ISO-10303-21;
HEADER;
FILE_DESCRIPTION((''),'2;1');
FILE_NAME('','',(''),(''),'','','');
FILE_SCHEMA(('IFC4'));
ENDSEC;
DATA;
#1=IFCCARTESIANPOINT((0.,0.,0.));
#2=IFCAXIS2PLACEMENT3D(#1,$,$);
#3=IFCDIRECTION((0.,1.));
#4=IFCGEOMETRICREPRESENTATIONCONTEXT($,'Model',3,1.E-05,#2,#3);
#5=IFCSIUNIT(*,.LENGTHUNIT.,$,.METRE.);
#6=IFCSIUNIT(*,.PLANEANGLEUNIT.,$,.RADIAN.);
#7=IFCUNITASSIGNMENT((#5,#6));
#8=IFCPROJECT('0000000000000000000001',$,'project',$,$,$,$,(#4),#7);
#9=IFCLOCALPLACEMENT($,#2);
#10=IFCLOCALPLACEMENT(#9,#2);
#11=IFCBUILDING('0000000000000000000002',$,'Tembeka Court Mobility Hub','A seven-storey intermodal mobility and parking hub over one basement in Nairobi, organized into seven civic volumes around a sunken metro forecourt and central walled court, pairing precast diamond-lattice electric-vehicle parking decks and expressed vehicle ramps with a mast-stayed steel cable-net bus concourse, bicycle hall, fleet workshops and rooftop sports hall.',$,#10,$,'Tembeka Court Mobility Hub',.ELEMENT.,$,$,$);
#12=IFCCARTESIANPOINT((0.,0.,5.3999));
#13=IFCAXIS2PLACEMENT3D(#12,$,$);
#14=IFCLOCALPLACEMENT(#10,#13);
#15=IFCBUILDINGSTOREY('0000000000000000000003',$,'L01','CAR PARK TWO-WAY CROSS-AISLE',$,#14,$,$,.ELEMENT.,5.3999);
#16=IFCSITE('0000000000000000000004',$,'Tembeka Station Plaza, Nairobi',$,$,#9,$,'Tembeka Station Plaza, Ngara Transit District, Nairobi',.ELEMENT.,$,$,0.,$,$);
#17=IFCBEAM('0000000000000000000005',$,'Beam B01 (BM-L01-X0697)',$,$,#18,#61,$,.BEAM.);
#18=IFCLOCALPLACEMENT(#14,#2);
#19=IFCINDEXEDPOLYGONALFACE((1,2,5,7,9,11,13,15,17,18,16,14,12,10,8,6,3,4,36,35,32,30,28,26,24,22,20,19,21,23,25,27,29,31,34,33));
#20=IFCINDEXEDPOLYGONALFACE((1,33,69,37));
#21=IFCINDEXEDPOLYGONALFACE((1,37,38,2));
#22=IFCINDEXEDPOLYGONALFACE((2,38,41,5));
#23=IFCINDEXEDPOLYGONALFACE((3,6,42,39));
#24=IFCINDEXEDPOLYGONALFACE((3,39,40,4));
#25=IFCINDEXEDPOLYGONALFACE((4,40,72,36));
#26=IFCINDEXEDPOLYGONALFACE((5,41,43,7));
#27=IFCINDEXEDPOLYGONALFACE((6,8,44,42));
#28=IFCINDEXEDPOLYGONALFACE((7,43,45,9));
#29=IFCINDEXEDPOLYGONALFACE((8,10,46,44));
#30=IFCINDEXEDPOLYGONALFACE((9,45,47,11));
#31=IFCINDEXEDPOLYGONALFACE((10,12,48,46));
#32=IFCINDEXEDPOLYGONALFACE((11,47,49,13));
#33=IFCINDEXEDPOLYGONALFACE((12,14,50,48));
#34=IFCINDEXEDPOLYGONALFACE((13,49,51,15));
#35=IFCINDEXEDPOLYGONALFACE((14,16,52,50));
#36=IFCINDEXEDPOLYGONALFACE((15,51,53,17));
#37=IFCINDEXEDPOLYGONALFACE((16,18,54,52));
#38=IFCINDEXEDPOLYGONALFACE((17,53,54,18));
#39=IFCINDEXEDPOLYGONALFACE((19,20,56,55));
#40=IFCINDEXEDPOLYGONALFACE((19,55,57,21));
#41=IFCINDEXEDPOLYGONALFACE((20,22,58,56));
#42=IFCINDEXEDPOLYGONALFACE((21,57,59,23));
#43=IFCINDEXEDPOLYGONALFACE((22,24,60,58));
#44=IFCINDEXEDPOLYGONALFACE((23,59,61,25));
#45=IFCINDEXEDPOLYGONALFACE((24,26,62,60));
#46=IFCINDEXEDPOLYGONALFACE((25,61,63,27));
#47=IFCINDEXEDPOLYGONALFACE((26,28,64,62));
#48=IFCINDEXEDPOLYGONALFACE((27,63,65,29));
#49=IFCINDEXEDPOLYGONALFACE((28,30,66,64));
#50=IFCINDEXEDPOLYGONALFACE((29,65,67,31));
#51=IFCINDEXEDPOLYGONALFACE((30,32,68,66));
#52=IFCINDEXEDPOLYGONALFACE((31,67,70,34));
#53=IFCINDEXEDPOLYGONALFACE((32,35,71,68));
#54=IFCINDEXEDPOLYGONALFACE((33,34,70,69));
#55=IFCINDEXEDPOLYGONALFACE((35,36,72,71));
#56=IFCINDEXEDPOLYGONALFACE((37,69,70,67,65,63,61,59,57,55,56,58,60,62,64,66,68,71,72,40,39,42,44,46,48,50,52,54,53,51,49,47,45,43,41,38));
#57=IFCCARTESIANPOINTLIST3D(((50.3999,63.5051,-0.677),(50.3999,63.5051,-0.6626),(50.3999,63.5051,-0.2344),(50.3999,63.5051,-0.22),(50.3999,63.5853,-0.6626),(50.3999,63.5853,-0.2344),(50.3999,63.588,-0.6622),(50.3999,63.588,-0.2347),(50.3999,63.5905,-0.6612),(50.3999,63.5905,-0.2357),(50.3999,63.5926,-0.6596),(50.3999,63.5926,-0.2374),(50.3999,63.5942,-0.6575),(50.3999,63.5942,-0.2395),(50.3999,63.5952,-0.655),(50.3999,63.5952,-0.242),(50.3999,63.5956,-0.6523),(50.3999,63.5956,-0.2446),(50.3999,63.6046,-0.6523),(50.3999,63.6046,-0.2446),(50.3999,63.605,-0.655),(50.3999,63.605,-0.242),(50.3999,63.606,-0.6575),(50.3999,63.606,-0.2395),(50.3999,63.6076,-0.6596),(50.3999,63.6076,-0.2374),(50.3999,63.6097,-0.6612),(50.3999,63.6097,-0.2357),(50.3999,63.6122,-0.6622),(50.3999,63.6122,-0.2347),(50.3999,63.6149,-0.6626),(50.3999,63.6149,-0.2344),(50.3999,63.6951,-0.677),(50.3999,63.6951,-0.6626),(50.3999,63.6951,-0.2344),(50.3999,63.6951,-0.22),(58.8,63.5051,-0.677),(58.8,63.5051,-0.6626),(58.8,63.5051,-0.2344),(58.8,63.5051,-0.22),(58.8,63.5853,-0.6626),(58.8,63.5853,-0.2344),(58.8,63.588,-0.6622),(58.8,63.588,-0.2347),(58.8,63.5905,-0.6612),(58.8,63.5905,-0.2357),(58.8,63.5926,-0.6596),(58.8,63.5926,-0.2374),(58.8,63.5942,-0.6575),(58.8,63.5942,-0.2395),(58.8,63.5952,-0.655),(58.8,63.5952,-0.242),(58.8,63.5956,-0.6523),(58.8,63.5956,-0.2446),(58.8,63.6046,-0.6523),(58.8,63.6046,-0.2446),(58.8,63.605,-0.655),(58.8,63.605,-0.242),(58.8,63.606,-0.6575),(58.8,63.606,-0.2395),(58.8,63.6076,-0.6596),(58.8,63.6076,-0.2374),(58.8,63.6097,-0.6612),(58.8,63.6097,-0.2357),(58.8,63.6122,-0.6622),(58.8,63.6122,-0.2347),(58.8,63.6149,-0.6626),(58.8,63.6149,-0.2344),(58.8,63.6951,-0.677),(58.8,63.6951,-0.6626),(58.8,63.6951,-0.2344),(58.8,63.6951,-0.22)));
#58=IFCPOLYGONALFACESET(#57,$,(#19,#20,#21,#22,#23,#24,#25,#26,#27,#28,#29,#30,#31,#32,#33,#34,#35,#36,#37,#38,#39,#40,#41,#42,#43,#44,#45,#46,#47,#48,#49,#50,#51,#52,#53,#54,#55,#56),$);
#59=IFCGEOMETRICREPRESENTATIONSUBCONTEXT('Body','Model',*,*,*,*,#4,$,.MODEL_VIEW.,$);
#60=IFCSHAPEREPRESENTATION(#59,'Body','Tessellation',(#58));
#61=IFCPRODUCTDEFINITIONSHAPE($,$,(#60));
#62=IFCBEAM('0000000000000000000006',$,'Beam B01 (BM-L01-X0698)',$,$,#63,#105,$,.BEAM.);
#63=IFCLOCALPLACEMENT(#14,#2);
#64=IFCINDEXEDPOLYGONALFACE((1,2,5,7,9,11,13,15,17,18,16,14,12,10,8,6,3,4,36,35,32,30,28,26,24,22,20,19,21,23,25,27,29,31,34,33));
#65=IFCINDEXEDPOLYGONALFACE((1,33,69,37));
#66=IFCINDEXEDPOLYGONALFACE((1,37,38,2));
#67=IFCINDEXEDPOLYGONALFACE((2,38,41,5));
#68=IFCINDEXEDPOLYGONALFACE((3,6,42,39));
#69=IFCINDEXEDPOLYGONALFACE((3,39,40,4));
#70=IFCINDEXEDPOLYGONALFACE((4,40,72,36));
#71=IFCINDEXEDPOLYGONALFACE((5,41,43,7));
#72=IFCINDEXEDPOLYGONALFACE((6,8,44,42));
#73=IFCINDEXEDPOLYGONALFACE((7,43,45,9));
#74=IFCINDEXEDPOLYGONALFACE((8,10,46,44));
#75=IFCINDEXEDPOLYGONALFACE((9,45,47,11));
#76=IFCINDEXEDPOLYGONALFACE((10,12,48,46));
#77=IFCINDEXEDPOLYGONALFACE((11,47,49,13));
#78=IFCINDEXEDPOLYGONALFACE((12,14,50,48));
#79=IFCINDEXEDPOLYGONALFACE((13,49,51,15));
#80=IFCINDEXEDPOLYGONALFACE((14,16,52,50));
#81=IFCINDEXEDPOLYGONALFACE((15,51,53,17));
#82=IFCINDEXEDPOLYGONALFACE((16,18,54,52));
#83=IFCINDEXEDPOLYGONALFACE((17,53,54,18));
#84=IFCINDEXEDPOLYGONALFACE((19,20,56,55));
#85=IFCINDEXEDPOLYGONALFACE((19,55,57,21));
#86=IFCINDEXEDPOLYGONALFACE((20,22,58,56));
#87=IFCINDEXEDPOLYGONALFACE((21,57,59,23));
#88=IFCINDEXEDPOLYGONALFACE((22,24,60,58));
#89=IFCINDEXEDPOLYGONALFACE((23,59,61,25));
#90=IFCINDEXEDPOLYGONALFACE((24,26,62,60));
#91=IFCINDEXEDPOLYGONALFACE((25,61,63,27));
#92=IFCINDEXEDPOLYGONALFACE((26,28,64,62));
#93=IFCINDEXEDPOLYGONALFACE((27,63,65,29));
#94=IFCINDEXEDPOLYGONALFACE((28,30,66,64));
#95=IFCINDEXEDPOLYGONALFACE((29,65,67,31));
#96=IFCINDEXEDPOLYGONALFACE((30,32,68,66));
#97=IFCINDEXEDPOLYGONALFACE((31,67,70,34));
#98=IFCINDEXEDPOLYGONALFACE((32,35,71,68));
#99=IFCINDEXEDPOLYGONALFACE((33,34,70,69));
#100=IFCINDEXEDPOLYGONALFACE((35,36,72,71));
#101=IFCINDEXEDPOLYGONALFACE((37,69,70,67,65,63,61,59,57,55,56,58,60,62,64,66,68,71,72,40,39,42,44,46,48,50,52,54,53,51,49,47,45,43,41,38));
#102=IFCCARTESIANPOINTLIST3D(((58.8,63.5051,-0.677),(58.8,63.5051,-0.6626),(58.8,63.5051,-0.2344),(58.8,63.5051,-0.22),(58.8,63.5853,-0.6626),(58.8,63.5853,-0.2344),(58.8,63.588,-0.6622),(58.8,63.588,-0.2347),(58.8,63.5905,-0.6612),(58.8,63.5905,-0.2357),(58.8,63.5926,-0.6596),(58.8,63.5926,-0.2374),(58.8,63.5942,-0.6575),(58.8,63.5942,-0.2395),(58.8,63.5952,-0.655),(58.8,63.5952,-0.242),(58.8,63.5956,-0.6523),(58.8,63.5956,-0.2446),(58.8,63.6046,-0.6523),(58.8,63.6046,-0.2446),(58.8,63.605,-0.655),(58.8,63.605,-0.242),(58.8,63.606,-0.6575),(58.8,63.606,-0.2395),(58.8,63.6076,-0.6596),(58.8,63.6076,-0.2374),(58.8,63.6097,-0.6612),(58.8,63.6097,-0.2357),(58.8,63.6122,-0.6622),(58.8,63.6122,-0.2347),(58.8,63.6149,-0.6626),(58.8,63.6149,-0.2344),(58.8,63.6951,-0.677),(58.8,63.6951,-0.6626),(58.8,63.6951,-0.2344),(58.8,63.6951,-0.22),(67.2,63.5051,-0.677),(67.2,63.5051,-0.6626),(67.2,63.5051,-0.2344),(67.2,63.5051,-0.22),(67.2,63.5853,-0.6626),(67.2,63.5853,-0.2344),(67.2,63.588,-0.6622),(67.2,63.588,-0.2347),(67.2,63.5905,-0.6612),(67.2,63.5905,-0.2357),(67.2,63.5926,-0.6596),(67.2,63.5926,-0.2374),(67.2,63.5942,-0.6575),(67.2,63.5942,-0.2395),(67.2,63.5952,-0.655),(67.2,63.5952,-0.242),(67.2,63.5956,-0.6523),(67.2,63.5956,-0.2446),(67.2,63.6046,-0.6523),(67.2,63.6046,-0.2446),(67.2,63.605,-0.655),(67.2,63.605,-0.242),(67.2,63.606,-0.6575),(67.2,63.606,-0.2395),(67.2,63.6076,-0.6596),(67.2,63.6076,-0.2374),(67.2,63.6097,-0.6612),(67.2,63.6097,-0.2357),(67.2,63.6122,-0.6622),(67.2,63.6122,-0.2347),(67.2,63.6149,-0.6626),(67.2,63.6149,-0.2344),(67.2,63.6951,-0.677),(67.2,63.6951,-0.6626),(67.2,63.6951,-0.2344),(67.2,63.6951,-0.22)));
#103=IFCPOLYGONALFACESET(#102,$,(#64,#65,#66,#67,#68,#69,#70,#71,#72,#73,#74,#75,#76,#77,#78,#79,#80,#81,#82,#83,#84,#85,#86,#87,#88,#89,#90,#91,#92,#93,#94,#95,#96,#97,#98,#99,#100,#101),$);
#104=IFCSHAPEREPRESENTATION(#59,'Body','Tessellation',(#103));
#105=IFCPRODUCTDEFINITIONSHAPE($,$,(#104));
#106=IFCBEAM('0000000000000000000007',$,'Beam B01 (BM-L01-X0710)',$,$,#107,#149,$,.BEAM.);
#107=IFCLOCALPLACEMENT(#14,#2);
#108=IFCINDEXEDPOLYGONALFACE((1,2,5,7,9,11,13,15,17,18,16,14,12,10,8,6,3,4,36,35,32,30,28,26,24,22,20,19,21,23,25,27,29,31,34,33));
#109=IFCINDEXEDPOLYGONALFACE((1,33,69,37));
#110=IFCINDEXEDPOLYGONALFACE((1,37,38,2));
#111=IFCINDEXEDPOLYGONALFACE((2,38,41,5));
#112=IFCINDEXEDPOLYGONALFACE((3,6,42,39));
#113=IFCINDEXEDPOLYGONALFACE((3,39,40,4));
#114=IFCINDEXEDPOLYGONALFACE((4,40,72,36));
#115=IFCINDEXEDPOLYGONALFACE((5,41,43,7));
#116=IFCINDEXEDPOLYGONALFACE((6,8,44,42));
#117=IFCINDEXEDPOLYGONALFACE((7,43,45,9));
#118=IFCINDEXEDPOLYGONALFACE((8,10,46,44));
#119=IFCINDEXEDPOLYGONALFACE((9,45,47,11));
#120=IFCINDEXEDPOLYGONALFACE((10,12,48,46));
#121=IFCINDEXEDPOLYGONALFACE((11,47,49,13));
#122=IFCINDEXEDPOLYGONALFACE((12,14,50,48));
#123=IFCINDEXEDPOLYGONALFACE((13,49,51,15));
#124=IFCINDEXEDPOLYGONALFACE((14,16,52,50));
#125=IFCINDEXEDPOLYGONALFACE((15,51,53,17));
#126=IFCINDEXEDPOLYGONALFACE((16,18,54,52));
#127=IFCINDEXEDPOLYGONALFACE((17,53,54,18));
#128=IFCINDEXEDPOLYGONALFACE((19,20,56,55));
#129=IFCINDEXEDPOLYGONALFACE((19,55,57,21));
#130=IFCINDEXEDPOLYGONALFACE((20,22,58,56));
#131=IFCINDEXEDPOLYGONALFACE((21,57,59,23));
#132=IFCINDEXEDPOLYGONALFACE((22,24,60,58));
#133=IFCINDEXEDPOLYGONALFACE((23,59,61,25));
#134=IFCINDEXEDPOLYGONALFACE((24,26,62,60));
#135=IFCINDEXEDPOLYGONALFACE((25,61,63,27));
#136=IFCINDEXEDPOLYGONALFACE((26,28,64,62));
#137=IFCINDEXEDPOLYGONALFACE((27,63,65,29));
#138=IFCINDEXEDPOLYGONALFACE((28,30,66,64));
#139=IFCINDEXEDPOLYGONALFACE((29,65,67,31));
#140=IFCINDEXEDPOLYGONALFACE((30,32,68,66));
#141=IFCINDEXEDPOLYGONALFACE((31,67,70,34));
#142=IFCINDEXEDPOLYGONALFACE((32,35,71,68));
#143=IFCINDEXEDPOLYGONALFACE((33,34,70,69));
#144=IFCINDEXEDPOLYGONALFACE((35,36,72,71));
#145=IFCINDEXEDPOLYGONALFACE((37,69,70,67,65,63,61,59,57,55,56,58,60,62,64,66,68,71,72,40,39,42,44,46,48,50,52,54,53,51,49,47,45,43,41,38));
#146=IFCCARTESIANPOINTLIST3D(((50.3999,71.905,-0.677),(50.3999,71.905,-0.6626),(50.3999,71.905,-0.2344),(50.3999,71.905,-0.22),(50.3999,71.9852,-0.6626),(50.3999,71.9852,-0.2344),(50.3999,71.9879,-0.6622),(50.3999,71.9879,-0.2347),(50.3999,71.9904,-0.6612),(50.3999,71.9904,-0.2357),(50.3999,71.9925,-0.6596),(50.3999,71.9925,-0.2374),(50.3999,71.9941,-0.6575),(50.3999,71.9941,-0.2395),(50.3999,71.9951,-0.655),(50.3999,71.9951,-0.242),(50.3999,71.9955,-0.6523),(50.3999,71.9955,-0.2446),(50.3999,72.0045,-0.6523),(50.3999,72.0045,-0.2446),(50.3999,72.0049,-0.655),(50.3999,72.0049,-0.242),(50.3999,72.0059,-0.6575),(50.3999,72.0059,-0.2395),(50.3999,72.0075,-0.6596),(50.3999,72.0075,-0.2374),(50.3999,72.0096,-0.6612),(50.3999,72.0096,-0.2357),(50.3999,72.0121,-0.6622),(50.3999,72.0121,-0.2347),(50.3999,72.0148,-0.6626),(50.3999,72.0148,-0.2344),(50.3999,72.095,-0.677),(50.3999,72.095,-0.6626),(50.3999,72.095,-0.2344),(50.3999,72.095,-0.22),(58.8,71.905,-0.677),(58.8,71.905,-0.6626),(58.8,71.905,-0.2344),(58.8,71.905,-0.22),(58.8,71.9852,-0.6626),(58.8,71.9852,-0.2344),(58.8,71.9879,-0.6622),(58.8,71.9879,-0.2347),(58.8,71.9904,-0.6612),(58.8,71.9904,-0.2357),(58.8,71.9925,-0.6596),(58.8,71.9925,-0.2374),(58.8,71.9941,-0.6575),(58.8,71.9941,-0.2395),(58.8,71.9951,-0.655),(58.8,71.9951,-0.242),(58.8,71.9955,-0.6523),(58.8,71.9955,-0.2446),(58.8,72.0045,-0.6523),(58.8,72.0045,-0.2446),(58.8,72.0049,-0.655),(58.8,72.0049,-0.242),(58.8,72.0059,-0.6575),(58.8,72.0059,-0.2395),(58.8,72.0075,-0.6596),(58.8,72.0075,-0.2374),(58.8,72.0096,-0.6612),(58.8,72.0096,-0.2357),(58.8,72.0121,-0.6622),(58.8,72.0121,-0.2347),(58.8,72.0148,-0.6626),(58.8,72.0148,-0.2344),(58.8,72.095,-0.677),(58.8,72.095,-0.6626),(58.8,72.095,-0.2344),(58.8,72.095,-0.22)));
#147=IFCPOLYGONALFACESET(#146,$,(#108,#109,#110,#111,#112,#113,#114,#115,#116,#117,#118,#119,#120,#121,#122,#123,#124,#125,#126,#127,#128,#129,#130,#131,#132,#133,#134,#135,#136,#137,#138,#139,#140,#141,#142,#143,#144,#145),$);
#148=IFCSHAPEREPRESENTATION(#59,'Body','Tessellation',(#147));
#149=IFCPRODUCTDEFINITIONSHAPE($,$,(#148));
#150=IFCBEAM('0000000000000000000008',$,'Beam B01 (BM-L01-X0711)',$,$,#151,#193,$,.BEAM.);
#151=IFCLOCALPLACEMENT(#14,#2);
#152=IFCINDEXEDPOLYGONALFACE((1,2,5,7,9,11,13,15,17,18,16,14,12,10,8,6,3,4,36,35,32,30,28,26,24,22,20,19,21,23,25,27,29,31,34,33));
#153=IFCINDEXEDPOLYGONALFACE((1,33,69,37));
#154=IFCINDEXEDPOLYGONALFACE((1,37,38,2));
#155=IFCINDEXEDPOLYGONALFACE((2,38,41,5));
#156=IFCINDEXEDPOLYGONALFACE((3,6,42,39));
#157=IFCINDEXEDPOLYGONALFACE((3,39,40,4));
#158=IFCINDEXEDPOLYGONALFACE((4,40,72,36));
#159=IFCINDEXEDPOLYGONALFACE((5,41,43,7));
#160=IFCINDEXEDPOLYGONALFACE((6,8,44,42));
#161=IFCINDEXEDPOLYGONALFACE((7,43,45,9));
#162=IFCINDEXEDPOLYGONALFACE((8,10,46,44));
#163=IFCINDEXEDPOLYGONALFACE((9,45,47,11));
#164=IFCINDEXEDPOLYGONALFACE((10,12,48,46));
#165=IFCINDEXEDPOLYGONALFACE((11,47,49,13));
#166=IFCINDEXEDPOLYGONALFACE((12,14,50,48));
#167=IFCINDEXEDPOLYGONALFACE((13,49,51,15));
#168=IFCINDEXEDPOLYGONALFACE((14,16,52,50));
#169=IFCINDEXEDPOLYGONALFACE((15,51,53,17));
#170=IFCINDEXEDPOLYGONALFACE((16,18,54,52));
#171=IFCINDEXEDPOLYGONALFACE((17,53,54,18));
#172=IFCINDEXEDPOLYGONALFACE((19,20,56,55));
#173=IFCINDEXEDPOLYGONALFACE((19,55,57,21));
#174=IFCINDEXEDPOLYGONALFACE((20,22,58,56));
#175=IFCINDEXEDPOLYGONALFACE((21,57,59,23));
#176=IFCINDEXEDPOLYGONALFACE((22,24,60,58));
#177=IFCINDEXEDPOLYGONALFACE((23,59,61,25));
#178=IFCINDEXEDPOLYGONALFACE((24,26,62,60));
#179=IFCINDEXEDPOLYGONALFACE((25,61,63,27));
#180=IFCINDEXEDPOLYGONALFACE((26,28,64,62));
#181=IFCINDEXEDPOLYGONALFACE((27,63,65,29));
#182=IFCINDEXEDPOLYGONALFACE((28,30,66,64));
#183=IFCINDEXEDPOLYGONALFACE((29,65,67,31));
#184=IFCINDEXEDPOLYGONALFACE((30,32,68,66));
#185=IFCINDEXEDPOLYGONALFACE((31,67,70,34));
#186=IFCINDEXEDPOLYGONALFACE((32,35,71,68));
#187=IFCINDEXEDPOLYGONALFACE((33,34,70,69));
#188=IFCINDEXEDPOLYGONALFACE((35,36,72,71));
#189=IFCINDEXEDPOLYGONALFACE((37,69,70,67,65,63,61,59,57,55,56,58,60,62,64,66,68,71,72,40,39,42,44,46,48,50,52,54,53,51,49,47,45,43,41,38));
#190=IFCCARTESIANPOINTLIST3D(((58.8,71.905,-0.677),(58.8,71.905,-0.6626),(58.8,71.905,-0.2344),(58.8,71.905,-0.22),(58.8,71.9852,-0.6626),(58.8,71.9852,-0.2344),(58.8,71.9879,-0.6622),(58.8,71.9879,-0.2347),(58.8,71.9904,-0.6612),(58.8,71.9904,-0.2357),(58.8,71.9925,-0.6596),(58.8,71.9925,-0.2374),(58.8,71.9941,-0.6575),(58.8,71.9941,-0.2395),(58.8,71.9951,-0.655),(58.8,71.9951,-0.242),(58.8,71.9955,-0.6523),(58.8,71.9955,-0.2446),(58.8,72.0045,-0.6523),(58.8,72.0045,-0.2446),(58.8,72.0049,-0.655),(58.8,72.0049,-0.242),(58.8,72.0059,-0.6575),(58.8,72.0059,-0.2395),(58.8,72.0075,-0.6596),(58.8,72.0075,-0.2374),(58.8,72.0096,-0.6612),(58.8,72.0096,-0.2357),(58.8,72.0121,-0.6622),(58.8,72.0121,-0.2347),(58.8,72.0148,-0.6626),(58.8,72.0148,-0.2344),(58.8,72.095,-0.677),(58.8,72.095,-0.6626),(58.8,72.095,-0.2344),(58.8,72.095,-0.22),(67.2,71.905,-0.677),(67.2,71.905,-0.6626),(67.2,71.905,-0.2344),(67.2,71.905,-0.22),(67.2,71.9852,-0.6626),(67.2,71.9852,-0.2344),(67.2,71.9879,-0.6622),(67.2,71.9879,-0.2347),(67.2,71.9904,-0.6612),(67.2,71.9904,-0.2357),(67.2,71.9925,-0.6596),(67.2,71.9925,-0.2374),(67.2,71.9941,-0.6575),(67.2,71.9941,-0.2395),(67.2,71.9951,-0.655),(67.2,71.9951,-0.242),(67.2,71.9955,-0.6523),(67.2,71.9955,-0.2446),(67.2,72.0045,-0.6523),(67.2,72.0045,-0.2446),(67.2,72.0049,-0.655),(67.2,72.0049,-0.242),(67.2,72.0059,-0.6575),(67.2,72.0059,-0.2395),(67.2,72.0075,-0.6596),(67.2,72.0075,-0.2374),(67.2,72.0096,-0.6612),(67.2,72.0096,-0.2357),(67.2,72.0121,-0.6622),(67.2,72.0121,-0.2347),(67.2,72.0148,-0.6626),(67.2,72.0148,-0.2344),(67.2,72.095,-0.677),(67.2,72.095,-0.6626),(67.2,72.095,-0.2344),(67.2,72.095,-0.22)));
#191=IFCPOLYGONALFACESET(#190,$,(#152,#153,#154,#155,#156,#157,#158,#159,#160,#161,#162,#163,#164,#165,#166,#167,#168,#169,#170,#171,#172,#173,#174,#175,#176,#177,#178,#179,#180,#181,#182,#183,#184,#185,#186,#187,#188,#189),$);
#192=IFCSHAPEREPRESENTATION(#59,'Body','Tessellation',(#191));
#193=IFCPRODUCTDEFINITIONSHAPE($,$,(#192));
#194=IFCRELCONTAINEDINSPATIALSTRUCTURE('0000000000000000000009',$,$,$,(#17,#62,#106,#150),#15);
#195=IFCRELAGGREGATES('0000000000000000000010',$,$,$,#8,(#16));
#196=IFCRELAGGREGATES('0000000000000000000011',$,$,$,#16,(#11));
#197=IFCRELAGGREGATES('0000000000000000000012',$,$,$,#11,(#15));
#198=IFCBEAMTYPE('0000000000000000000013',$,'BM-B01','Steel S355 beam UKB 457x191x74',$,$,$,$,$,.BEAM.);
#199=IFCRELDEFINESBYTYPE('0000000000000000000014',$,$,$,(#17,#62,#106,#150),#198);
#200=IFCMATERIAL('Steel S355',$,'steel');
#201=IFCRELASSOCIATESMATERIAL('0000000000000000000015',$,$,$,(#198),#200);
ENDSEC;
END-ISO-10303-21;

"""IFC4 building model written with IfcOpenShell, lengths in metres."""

from ifc_helpers import new_model, si_unit, direction, frame, origin, origin_2d, place, context, subcontext, project, spatial, i_section, extrude, material, material_profile, profile_set, type_object, element, save


model = new_model("IFC4")

# Units and contexts
model_context = context("Model", 3, precision=1e-05, world=origin(), true_north=direction((0.0, 1.0)))
body_context = subcontext(model_context, "Body", "Model", "MODEL_VIEW")
ifc_project = project(units=[si_unit("LENGTHUNIT", "METRE"), si_unit("PLANEANGLEUNIT", "RADIAN")], contexts=[model_context])

# Site, building, storey
site_placement = place(None, origin())
site = spatial("IfcSite", under=ifc_project, at=site_placement, Name="Tembeka Station Plaza, Nairobi", LongName="Tembeka Station Plaza, Ngara Transit District, Nairobi", CompositionType="ELEMENT", RefElevation=0.0)
building_placement = place(site_placement, origin())
building = spatial("IfcBuilding", under=site, at=building_placement, Name="Tembeka Court Mobility Hub", Description="A seven-storey intermodal mobility and parking hub over one basement in Nairobi, organized into seven civic volumes around a sunken metro forecourt and central walled court, pairing precast diamond-lattice electric-vehicle parking decks and expressed vehicle ramps with a mast-stayed steel cable-net bus concourse, bicycle hall, fleet workshops and rooftop sports hall.", LongName="Tembeka Court Mobility Hub", CompositionType="ELEMENT")
storey_placement = place(building_placement, frame((0.0, 0.0, 5.3999)))
storey = spatial("IfcBuildingStorey", under=building, at=storey_placement, Name="L01", Description="CAR PARK TWO-WAY CROSS-AISLE", CompositionType="ELEMENT", Elevation=5.3999)

# Shared definitions
ifc_material_1 = material(Name="Steel S355", Category="steel")

# Beams
ifc_material_profile_1 = material_profile(ifc_material_1, i_section(OverallWidth=0.1899, OverallDepth=0.457, WebThickness=0.009, FlangeThickness=0.0144, FilletRadius=0.0103, at=origin_2d()), Name="UKB 457x191x74")
ifc_profile_set_1 = profile_set([ifc_material_profile_1], Name="Steel S355")
beam_type_1 = type_object("IfcBeamType", Name="BM-B01", Description="Steel S355 beam UKB 457x191x74", PredefinedType="BEAM", material=ifc_profile_set_1)
beam_1_placement = place(storey_placement, frame((50.3999, 63.6001, -0.4485), z_axis=(1.0, 0.0, 0.0), x_axis=(0.0, 1.0, 0.0)))
element("IfcBeam", 1, at=beam_1_placement, inside=storey, type_object=beam_type_1, Name="Beam B01 (BM-L01-X0697)", PredefinedType="BEAM", context=body_context, shape_type="SweptSolid", body=[
    extrude(i_section(OverallWidth=0.1899, OverallDepth=0.457, WebThickness=0.009, FlangeThickness=0.0144, FilletRadius=0.0103, at=origin_2d()), origin(), (0.0, 0.0, 1.0), 8.4001),
])
beam_2_placement = place(storey_placement, frame((58.8, 63.6001, -0.4485), z_axis=(1.0, 0.0, 0.0), x_axis=(0.0, 1.0, 0.0)))
element("IfcBeam", 2, at=beam_2_placement, inside=storey, type_object=beam_type_1, Name="Beam B01 (BM-L01-X0698)", PredefinedType="BEAM", context=body_context, shape_type="SweptSolid", body=[
    extrude(i_section(OverallWidth=0.1899, OverallDepth=0.457, WebThickness=0.009, FlangeThickness=0.0144, FilletRadius=0.0103, at=origin_2d()), origin(), (0.0, 0.0, 1.0), 8.3999),
])
beam_3_placement = place(storey_placement, frame((50.3999, 72.0, -0.4485), z_axis=(1.0, 0.0, 0.0), x_axis=(0.0, 1.0, 0.0)))
element("IfcBeam", 3, at=beam_3_placement, inside=storey, type_object=beam_type_1, Name="Beam B01 (BM-L01-X0710)", PredefinedType="BEAM", context=body_context, shape_type="SweptSolid", body=[
    extrude(i_section(OverallWidth=0.1899, OverallDepth=0.457, WebThickness=0.009, FlangeThickness=0.0144, FilletRadius=0.0103, at=origin_2d()), origin(), (0.0, 0.0, 1.0), 8.4001),
])
beam_4_placement = place(storey_placement, frame((58.8, 72.0, -0.4485), z_axis=(1.0, 0.0, 0.0), x_axis=(0.0, 1.0, 0.0)))
element("IfcBeam", 4, at=beam_4_placement, inside=storey, type_object=beam_type_1, Name="Beam B01 (BM-L01-X0711)", PredefinedType="BEAM", context=body_context, shape_type="SweptSolid", body=[
    extrude(i_section(OverallWidth=0.1899, OverallDepth=0.457, WebThickness=0.009, FlangeThickness=0.0144, FilletRadius=0.0103, at=origin_2d()), origin(), (0.0, 0.0, 1.0), 8.3999),
])

save(model, "model.ifc")
